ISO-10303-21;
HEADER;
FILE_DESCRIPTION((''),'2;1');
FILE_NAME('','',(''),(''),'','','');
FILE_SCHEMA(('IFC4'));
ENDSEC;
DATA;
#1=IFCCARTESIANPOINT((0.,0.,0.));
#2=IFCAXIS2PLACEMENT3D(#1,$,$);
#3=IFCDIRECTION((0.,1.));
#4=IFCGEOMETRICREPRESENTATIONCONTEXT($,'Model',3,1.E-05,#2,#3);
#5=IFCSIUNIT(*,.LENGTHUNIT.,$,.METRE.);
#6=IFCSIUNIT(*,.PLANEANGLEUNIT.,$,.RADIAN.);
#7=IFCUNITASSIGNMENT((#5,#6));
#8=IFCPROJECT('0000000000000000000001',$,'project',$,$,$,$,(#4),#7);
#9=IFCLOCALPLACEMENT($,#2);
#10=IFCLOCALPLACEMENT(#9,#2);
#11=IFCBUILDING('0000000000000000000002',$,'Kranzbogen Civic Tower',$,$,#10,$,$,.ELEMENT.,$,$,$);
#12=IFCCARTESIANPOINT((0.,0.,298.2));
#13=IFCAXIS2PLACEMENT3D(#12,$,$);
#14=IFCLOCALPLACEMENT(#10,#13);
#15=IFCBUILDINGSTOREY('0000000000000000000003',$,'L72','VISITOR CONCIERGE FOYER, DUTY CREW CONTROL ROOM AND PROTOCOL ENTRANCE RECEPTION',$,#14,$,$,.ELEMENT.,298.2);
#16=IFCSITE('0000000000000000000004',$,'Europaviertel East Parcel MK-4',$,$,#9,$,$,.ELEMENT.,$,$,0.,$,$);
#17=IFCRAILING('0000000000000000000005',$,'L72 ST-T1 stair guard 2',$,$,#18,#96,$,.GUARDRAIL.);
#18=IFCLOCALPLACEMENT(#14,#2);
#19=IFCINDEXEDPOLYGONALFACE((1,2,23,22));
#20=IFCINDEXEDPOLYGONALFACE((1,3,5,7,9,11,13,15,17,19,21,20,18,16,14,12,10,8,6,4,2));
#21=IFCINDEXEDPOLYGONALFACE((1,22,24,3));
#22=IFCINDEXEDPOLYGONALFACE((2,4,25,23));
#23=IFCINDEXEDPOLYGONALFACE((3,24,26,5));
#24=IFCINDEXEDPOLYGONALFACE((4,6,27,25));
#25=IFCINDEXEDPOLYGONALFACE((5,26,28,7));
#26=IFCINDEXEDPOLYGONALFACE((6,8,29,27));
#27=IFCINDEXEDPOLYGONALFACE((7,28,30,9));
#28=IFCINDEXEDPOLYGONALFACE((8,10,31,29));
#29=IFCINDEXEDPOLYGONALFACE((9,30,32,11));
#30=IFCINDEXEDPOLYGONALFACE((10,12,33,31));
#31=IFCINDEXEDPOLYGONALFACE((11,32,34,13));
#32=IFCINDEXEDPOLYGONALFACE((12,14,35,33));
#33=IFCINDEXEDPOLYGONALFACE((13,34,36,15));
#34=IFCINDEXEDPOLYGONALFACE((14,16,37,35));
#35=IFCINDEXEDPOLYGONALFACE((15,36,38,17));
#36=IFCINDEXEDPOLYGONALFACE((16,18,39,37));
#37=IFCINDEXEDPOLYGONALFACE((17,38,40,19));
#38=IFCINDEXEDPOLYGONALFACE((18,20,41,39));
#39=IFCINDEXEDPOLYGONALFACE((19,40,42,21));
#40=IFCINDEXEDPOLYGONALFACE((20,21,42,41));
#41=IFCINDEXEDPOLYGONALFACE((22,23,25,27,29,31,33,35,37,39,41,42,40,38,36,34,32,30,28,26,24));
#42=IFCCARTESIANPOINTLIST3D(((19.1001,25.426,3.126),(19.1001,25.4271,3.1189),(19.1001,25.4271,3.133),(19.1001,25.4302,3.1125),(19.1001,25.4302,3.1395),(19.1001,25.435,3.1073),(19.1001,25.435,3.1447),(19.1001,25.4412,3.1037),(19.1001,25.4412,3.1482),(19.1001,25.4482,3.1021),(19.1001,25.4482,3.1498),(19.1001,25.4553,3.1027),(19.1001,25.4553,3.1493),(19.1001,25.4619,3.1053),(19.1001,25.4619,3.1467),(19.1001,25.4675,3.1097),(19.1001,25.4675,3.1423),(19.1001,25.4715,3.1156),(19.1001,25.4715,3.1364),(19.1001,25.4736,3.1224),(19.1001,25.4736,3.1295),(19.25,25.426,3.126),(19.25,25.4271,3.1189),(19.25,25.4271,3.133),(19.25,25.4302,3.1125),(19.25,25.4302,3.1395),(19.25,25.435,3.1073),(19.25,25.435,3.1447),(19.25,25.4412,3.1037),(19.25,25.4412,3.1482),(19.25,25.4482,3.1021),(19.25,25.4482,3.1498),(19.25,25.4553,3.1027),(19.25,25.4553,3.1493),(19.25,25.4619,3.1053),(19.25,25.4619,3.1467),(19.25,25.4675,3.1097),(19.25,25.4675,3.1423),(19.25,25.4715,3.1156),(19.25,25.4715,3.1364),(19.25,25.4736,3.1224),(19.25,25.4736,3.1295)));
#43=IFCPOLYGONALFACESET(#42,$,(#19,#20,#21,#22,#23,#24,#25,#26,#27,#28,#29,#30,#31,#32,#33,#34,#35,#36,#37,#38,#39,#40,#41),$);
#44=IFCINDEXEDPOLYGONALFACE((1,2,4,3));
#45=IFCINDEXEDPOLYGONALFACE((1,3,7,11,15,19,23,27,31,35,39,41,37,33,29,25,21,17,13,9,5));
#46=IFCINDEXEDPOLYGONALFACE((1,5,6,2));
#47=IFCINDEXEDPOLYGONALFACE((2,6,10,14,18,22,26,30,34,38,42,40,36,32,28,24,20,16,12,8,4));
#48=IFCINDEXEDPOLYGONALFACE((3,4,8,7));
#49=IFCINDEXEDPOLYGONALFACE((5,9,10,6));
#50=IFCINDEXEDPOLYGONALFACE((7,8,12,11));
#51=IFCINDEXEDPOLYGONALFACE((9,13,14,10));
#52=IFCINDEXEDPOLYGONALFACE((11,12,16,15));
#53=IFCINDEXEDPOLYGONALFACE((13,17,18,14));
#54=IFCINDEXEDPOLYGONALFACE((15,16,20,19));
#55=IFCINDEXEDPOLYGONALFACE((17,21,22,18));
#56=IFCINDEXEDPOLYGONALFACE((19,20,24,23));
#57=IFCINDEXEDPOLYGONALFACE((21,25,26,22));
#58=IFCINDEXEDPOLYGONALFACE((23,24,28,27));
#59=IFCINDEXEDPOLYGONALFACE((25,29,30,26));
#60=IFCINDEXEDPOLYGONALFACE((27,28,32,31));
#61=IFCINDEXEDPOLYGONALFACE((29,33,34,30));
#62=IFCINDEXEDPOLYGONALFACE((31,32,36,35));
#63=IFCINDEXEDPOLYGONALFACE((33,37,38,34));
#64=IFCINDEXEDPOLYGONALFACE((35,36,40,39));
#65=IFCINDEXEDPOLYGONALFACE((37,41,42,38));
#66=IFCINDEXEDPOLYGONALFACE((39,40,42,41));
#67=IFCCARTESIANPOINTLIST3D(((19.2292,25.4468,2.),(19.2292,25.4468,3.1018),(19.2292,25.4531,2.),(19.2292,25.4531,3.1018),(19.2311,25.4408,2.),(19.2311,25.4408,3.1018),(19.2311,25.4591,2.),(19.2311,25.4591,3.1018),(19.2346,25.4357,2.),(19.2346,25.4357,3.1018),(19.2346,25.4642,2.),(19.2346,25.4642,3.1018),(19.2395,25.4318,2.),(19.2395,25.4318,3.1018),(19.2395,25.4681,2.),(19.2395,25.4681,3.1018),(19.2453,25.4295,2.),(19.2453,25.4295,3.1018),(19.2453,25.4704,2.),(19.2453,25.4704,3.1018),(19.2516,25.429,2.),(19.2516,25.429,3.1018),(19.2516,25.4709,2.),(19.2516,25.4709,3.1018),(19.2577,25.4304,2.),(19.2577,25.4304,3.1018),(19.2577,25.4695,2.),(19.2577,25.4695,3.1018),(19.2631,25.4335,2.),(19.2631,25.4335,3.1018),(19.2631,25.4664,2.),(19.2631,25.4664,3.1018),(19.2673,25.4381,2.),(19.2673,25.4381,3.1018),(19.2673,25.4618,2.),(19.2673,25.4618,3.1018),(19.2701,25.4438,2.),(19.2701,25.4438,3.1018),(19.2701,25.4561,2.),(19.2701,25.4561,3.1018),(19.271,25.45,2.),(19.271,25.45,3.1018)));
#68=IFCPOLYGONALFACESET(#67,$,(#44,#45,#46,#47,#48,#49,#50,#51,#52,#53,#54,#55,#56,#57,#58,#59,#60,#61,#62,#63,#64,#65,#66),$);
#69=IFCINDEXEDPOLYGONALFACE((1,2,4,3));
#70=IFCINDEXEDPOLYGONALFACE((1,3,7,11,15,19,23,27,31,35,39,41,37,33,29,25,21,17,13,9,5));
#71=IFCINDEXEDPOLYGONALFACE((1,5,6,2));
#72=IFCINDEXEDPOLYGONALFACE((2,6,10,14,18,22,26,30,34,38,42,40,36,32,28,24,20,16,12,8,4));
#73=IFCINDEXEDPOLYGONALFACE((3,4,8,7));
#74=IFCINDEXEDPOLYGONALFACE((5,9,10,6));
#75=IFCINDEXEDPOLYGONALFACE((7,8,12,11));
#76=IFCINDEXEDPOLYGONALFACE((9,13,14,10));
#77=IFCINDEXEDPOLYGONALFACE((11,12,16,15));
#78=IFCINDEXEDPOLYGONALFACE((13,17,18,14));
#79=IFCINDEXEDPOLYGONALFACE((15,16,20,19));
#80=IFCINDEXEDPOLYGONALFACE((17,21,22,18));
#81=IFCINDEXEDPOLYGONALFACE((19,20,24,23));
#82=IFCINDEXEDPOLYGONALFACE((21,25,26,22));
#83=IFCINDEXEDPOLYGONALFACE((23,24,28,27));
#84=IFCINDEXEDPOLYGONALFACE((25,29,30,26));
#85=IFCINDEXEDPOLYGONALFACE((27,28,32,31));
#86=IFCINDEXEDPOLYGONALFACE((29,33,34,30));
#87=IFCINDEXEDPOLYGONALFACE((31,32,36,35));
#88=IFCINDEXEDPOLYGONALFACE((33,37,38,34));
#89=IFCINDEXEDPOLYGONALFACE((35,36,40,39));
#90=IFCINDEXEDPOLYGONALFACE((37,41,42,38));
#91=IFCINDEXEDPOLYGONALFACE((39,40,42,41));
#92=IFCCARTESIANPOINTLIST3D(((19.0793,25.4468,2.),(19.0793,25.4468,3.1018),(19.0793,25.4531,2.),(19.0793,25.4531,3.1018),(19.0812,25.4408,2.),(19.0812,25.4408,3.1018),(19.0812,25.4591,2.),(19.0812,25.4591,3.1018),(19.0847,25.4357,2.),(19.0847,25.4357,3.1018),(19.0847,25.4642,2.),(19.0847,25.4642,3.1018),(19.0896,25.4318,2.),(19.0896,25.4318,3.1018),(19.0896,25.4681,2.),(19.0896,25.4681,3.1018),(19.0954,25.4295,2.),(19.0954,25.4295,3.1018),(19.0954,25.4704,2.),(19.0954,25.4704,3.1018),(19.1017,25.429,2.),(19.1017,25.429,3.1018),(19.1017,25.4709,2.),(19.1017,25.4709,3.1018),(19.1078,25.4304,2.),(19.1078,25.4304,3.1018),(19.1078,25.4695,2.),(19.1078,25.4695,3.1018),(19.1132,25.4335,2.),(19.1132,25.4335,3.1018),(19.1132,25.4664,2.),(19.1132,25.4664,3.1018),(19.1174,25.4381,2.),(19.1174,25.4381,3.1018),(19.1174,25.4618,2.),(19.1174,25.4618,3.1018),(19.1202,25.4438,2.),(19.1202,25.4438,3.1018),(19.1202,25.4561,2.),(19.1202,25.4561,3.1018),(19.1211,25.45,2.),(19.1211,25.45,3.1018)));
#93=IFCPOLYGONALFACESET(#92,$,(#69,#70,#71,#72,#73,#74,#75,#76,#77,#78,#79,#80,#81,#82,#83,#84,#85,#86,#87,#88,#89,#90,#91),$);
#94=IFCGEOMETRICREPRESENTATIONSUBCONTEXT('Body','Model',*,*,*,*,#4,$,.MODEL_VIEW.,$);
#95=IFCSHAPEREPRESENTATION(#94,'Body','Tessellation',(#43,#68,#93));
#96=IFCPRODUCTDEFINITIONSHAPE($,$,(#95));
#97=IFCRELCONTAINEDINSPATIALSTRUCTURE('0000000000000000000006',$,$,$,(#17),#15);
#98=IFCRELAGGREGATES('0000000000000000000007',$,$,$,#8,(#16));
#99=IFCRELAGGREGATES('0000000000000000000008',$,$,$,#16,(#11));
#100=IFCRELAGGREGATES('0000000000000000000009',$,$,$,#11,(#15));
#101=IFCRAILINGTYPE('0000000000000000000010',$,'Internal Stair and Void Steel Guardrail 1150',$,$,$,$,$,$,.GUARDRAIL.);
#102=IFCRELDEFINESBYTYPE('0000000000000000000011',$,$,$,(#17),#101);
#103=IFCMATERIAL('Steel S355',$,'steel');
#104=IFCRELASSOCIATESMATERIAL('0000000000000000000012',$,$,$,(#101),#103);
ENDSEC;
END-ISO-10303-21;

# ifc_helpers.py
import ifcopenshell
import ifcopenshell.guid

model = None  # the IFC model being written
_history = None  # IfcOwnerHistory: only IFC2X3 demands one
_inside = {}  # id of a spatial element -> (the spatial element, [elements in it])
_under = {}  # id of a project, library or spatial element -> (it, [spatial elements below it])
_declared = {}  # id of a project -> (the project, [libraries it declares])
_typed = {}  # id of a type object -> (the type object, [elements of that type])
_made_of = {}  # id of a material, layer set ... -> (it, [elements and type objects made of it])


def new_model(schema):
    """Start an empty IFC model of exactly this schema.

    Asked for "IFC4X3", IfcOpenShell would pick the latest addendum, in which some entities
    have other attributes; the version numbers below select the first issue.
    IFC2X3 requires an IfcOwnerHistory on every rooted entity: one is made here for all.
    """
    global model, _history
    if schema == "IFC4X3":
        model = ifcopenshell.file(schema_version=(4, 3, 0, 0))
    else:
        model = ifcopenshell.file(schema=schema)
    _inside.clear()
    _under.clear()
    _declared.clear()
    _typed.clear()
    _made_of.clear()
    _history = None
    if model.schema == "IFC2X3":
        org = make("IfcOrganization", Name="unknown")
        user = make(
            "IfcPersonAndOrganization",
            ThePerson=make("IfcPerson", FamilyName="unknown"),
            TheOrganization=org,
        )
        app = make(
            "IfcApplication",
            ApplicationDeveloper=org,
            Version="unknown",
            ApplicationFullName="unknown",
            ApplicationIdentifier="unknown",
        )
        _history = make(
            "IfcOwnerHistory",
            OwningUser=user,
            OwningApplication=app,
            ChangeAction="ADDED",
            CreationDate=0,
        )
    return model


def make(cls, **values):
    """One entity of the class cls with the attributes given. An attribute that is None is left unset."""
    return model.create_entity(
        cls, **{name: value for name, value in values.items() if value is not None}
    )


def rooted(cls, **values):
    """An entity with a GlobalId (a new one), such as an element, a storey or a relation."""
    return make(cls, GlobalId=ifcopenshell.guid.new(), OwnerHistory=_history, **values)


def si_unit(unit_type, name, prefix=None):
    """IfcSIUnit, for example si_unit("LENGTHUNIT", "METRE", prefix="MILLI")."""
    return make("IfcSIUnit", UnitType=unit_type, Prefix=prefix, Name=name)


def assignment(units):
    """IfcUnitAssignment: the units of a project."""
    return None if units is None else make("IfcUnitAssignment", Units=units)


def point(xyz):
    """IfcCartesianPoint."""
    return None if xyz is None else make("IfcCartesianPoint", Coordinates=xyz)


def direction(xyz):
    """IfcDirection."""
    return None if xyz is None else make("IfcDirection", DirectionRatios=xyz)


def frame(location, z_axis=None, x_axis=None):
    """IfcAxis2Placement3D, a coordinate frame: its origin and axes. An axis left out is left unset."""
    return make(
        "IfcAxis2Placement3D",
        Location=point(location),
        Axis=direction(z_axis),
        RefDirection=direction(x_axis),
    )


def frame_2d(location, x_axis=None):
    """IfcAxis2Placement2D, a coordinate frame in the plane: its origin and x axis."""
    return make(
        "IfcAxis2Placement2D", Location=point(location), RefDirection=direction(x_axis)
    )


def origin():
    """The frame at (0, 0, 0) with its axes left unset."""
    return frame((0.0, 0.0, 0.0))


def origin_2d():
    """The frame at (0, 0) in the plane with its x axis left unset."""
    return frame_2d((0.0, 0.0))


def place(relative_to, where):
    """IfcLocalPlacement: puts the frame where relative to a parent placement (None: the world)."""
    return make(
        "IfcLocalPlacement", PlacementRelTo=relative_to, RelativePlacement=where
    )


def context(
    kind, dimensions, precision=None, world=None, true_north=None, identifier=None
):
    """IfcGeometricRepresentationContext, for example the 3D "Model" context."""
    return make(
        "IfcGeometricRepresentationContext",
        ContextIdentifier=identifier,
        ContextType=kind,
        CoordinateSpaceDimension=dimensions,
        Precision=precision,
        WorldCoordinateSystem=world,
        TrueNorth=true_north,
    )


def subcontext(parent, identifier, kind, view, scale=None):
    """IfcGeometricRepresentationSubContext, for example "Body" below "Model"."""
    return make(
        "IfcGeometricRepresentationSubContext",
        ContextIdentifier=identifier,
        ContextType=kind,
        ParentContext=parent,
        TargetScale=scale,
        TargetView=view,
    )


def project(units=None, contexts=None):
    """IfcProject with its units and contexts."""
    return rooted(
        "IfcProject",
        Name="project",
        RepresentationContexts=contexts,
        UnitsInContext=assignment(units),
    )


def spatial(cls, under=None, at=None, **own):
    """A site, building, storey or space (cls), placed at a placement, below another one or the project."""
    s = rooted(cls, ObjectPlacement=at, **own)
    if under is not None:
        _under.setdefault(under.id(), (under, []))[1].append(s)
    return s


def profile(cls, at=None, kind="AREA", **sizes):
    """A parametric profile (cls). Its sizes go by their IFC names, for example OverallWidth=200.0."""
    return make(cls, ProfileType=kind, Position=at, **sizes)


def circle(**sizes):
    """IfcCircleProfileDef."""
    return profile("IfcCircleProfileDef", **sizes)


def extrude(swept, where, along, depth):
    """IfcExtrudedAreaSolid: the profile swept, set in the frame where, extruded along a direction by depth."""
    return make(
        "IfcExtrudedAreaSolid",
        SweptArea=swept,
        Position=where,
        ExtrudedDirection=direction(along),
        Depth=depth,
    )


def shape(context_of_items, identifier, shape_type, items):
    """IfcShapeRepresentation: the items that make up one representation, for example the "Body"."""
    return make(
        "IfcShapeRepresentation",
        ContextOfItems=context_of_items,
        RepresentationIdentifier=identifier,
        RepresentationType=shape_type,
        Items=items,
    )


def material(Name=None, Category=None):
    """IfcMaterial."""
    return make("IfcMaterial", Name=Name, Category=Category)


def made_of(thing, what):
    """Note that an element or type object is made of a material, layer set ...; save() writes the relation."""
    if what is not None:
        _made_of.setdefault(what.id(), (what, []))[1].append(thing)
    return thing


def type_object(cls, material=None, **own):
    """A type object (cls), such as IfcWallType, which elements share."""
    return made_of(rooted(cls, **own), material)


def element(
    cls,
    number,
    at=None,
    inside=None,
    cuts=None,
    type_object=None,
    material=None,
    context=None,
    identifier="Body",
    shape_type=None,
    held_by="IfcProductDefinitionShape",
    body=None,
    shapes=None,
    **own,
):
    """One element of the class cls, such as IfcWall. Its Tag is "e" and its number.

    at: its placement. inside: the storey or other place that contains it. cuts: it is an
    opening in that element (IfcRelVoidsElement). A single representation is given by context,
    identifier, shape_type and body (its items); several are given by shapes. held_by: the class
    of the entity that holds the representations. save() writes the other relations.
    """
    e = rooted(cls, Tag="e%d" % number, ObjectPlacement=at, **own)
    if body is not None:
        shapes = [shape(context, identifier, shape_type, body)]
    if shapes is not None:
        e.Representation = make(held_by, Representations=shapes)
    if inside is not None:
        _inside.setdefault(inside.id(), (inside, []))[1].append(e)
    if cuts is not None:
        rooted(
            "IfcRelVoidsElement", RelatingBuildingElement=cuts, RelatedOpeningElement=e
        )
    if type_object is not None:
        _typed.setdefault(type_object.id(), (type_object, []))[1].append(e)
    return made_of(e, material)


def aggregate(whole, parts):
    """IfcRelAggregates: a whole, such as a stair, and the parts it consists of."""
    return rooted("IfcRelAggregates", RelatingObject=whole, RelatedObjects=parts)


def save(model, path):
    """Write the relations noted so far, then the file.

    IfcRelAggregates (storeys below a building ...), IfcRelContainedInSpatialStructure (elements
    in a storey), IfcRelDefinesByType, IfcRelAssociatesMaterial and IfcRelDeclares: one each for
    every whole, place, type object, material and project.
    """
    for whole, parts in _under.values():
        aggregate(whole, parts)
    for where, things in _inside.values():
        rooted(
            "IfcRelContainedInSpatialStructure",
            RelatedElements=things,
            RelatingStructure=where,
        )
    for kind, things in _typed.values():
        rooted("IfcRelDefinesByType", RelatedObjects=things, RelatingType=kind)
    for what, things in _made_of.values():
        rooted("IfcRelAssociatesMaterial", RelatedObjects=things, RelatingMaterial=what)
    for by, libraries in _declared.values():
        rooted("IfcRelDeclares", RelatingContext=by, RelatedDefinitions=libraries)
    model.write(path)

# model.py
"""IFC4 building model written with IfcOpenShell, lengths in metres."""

from ifc_helpers import new_model, si_unit, direction, frame, origin, origin_2d, place, context, subcontext, project, spatial, circle, extrude, material, type_object, element, save


model = new_model("IFC4")

# Units and contexts
model_context = context("Model", 3, precision=1e-05, world=origin(), true_north=direction((0.0, 1.0)))
body_context = subcontext(model_context, "Body", "Model", "MODEL_VIEW")
ifc_project = project(units=[si_unit("LENGTHUNIT", "METRE"), si_unit("PLANEANGLEUNIT", "RADIAN")], contexts=[model_context])

# Site, building, storey
site_placement = place(None, origin())
site = spatial("IfcSite", under=ifc_project, at=site_placement, Name="Europaviertel East Parcel MK-4", CompositionType="ELEMENT", RefElevation=0.0)
building_placement = place(site_placement, origin())
building = spatial("IfcBuilding", under=site, at=building_placement, Name="Kranzbogen Civic Tower", CompositionType="ELEMENT")
storey_placement = place(building_placement, frame((0.0, 0.0, 298.2)))
storey = spatial("IfcBuildingStorey", under=building, at=storey_placement, Name="L72", Description="VISITOR CONCIERGE FOYER, DUTY CREW CONTROL ROOM AND PROTOCOL ENTRANCE RECEPTION", CompositionType="ELEMENT", Elevation=298.2)

# Shared definitions
ifc_material_1 = material(Name="Steel S355", Category="steel")

# Railing
railing_type_1 = type_object("IfcRailingType", Name="Internal Stair and Void Steel Guardrail 1150", PredefinedType="GUARDRAIL", material=ifc_material_1)
railing_1_placement = place(storey_placement, frame((19.25, 25.45, 2.0)))
element("IfcRailing", 1, at=railing_1_placement, inside=storey, type_object=railing_type_1, Name="L72 ST-T1 stair guard 2", PredefinedType="GUARDRAIL", context=body_context, shape_type="SweptSolid", body=[
    extrude(circle(Radius=0.0239, at=origin_2d()), frame((0.0, 0.0, 1.126), z_axis=(-1.0, 0.0, 0.0), x_axis=(0.0, -1.0, 0.0)), (0.0, 0.0, 1.0), 0.1499),
    extrude(circle(Radius=0.021, at=origin_2d()), origin(), (0.0, 0.0, 1.0), 1.1018),
    extrude(circle(Radius=0.021, at=origin_2d()), frame((-0.1499, 0.0, 0.0)), (0.0, 0.0, 1.0), 1.1018),
])

save(model, "model.ifc")
